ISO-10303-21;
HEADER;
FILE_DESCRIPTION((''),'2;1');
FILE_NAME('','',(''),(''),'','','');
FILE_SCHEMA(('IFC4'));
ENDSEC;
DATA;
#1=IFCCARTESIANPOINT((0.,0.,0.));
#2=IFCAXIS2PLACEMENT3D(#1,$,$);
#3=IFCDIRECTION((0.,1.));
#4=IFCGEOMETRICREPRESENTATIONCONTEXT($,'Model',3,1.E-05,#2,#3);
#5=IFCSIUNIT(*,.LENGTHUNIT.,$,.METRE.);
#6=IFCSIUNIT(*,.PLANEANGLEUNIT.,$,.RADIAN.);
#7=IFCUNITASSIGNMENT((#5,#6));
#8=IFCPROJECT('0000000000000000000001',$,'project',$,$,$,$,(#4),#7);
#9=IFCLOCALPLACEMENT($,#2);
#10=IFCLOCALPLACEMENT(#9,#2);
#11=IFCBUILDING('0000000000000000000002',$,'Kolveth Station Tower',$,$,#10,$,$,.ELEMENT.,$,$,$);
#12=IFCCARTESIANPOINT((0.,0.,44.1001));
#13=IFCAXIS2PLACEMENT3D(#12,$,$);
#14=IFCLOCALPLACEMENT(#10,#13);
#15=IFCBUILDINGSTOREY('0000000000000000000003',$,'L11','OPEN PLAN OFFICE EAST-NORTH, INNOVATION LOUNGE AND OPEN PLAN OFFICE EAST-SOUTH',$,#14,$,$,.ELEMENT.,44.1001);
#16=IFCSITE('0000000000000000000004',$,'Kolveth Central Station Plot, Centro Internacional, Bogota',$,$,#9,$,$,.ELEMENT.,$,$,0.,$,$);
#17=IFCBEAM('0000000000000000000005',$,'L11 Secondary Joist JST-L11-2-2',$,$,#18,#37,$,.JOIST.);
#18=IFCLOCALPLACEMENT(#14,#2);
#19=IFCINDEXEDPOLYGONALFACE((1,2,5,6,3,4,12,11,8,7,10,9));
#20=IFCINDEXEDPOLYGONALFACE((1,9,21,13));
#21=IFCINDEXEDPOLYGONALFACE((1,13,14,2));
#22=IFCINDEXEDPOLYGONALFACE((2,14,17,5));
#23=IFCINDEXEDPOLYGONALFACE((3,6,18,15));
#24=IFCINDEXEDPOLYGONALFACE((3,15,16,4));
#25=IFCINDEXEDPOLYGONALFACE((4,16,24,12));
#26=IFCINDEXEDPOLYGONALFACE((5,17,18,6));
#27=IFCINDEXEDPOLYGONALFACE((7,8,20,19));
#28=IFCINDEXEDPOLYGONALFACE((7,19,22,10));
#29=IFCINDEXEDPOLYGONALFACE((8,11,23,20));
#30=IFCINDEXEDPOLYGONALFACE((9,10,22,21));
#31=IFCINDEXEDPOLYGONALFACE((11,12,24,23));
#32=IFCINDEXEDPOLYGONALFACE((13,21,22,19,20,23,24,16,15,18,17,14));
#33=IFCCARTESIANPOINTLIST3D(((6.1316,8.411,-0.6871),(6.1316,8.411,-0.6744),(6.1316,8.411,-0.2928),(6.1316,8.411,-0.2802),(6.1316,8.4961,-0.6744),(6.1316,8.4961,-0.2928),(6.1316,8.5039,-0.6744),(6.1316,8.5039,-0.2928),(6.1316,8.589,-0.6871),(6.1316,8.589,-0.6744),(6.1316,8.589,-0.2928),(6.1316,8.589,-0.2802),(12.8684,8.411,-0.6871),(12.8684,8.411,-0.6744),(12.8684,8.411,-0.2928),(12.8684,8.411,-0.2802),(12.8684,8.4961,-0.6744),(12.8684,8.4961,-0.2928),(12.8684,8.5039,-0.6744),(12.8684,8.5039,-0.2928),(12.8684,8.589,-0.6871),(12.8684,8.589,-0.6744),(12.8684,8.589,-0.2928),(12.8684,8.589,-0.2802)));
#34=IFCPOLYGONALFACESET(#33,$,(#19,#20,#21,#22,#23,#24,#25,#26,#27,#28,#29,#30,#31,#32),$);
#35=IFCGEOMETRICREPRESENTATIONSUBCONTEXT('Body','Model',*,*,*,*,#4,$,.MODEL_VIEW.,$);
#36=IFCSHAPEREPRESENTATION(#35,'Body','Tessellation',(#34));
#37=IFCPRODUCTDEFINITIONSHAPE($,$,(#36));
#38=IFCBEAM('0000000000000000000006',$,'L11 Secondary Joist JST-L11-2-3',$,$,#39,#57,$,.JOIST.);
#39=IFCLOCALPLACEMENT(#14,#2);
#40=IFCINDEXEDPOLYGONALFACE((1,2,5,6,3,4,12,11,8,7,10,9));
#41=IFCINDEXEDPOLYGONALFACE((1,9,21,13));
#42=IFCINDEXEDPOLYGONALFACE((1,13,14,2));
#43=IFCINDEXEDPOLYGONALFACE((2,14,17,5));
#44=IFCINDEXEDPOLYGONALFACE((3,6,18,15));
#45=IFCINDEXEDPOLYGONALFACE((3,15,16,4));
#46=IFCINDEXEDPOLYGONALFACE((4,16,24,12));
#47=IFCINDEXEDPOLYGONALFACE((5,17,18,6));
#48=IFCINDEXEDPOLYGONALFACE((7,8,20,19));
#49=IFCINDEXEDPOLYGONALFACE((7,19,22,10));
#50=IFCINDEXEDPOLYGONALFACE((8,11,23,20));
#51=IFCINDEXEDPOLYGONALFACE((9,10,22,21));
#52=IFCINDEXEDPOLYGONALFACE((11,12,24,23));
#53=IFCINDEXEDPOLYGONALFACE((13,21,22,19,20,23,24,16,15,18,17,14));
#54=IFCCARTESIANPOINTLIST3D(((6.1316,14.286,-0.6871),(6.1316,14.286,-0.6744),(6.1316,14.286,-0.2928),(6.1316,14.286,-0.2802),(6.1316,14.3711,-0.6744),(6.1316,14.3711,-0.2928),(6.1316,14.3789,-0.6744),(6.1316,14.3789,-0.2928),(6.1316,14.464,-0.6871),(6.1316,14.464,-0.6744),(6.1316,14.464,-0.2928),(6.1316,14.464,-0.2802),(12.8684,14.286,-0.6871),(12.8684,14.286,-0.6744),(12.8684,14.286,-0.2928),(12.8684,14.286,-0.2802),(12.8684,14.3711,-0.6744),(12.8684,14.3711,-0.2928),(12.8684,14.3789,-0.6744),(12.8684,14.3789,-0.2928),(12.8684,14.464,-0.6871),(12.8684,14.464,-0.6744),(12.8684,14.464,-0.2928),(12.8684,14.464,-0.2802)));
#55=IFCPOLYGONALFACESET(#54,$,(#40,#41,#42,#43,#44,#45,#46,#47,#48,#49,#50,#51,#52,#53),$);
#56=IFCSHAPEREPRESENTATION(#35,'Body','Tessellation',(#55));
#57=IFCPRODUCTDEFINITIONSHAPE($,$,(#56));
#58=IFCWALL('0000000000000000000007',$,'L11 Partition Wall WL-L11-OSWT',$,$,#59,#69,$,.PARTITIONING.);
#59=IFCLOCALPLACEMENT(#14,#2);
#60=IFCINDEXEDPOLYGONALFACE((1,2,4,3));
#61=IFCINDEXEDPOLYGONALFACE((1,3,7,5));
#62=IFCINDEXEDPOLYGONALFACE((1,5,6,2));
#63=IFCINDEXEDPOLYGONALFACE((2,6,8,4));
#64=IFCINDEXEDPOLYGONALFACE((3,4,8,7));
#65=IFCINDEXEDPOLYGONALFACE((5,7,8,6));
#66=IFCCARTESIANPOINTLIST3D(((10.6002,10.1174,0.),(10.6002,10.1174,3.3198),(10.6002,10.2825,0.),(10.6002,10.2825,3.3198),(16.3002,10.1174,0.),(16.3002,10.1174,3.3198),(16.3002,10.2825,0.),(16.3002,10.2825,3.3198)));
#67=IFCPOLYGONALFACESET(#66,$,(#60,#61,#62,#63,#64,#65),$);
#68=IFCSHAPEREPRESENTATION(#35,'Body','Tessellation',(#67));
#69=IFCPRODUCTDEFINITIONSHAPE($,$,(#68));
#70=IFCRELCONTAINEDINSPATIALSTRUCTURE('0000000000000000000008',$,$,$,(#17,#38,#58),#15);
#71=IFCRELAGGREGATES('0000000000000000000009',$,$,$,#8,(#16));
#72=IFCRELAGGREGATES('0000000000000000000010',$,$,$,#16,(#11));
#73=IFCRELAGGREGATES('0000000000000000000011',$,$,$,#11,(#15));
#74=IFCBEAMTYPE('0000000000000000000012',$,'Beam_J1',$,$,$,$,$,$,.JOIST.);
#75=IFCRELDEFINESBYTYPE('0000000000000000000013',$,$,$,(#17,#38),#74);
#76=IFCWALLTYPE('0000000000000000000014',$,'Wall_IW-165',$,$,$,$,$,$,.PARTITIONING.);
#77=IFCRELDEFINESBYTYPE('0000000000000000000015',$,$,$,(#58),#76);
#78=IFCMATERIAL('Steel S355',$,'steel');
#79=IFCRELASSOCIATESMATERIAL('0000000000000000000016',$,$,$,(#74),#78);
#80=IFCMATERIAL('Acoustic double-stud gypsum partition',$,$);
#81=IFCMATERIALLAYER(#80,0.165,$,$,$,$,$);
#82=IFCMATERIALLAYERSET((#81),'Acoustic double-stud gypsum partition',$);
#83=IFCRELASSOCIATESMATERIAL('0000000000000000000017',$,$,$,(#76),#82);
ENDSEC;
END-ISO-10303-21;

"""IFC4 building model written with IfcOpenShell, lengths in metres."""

from ifc_helpers import new_model, si_unit, direction, frame, frame_2d, origin, origin_2d, place, context, subcontext, project, spatial, rectangle, i_section, extrude, source, transform, mapped, material, layer, layer_set, material_profile, profile_set, type_object, element, save


model = new_model("IFC4")

# Units and contexts
model_context = context("Model", 3, precision=1e-05, world=origin(), true_north=direction((0.0, 1.0)))
body_context = subcontext(model_context, "Body", "Model", "MODEL_VIEW")
ifc_project = project(units=[si_unit("LENGTHUNIT", "METRE"), si_unit("PLANEANGLEUNIT", "RADIAN")], contexts=[model_context])

# Site, building, storey
site_placement = place(None, origin())
site = spatial("IfcSite", under=ifc_project, at=site_placement, Name="Kolveth Central Station Plot, Centro Internacional, Bogota", CompositionType="ELEMENT", RefElevation=0.0)
building_placement = place(site_placement, origin())
building = spatial("IfcBuilding", under=site, at=building_placement, Name="Kolveth Station Tower", CompositionType="ELEMENT")
storey_placement = place(building_placement, frame((0.0, 0.0, 44.1001)))
storey = spatial("IfcBuildingStorey", under=building, at=storey_placement, Name="L11", Description="OPEN PLAN OFFICE EAST-NORTH, INNOVATION LOUNGE AND OPEN PLAN OFFICE EAST-SOUTH", CompositionType="ELEMENT", Elevation=44.1001)

# Beams
ifc_material_1 = material(Name="Steel S355", Category="steel")
ifc_material_profile_1 = material_profile(ifc_material_1, i_section(OverallWidth=0.178, OverallDepth=0.407, WebThickness=0.0078, FlangeThickness=0.0127, at=origin_2d()), Name="W410x60")
ifc_profile_set_1 = profile_set([ifc_material_profile_1], Name="Steel S355")
beam_type_1 = type_object("IfcBeamType", Name="Beam_J1", PredefinedType="JOIST", material=ifc_profile_set_1)
shared_shape_1 = source(origin(), body_context, "Body", "SweptSolid", [
    extrude(i_section(OverallWidth=0.178, OverallDepth=0.407, WebThickness=0.0078, FlangeThickness=0.0127, at=origin_2d()), origin(), (0.0, 0.0, 1.0), 6.7368),
])
for number, where, z_axis, x_axis, name in (
    (1, (6.1316, 8.5, -0.4836), (1.0, 0.0, 0.0), (0.0, 1.0, 0.0), "L11 Secondary Joist JST-L11-2-2"),
    (2, (6.1316, 14.375, -0.4836), (1.0, 0.0, 0.0), (0.0, 1.0, 0.0), "L11 Secondary Joist JST-L11-2-3"),
):
    element("IfcBeam", number, at=place(storey_placement, frame(where, z_axis=z_axis, x_axis=x_axis)), inside=storey, type_object=beam_type_1, Name=name, PredefinedType="JOIST", context=body_context, shape_type="MappedRepresentation", body=[
        mapped(shared_shape_1, transform((0.0, 0.0, 0.0), x_axis=(1.0, 0.0, 0.0), y_axis=(0.0, 1.0, 0.0), z_axis=(0.0, 0.0, 1.0), scale=1.0)),
    ])

# Wall
ifc_material_2 = material(Name="Acoustic double-stud gypsum partition")
ifc_layer = layer(ifc_material_2, 0.165)
ifc_layer_set = layer_set([ifc_layer], Name="Acoustic double-stud gypsum partition")
wall_type = type_object("IfcWallType", Name="Wall_IW-165", PredefinedType="PARTITIONING", material=ifc_layer_set)
wall_placement = place(storey_placement, frame((10.6001, 10.2, 0.0), z_axis=(0.0, 0.0, 1.0), x_axis=(1.0, 0.0, 0.0)))
element("IfcWall", 3, at=wall_placement, inside=storey, type_object=wall_type, Name="L11 Partition Wall WL-L11-OSWT", PredefinedType="PARTITIONING", context=body_context, shape_type="SweptSolid", body=[
    extrude(rectangle(XDim=5.7, YDim=0.165, at=frame_2d((2.8501, 0.0))), origin(), (0.0, 0.0, 1.0), 3.3198),
])

save(model, "model.ifc")
